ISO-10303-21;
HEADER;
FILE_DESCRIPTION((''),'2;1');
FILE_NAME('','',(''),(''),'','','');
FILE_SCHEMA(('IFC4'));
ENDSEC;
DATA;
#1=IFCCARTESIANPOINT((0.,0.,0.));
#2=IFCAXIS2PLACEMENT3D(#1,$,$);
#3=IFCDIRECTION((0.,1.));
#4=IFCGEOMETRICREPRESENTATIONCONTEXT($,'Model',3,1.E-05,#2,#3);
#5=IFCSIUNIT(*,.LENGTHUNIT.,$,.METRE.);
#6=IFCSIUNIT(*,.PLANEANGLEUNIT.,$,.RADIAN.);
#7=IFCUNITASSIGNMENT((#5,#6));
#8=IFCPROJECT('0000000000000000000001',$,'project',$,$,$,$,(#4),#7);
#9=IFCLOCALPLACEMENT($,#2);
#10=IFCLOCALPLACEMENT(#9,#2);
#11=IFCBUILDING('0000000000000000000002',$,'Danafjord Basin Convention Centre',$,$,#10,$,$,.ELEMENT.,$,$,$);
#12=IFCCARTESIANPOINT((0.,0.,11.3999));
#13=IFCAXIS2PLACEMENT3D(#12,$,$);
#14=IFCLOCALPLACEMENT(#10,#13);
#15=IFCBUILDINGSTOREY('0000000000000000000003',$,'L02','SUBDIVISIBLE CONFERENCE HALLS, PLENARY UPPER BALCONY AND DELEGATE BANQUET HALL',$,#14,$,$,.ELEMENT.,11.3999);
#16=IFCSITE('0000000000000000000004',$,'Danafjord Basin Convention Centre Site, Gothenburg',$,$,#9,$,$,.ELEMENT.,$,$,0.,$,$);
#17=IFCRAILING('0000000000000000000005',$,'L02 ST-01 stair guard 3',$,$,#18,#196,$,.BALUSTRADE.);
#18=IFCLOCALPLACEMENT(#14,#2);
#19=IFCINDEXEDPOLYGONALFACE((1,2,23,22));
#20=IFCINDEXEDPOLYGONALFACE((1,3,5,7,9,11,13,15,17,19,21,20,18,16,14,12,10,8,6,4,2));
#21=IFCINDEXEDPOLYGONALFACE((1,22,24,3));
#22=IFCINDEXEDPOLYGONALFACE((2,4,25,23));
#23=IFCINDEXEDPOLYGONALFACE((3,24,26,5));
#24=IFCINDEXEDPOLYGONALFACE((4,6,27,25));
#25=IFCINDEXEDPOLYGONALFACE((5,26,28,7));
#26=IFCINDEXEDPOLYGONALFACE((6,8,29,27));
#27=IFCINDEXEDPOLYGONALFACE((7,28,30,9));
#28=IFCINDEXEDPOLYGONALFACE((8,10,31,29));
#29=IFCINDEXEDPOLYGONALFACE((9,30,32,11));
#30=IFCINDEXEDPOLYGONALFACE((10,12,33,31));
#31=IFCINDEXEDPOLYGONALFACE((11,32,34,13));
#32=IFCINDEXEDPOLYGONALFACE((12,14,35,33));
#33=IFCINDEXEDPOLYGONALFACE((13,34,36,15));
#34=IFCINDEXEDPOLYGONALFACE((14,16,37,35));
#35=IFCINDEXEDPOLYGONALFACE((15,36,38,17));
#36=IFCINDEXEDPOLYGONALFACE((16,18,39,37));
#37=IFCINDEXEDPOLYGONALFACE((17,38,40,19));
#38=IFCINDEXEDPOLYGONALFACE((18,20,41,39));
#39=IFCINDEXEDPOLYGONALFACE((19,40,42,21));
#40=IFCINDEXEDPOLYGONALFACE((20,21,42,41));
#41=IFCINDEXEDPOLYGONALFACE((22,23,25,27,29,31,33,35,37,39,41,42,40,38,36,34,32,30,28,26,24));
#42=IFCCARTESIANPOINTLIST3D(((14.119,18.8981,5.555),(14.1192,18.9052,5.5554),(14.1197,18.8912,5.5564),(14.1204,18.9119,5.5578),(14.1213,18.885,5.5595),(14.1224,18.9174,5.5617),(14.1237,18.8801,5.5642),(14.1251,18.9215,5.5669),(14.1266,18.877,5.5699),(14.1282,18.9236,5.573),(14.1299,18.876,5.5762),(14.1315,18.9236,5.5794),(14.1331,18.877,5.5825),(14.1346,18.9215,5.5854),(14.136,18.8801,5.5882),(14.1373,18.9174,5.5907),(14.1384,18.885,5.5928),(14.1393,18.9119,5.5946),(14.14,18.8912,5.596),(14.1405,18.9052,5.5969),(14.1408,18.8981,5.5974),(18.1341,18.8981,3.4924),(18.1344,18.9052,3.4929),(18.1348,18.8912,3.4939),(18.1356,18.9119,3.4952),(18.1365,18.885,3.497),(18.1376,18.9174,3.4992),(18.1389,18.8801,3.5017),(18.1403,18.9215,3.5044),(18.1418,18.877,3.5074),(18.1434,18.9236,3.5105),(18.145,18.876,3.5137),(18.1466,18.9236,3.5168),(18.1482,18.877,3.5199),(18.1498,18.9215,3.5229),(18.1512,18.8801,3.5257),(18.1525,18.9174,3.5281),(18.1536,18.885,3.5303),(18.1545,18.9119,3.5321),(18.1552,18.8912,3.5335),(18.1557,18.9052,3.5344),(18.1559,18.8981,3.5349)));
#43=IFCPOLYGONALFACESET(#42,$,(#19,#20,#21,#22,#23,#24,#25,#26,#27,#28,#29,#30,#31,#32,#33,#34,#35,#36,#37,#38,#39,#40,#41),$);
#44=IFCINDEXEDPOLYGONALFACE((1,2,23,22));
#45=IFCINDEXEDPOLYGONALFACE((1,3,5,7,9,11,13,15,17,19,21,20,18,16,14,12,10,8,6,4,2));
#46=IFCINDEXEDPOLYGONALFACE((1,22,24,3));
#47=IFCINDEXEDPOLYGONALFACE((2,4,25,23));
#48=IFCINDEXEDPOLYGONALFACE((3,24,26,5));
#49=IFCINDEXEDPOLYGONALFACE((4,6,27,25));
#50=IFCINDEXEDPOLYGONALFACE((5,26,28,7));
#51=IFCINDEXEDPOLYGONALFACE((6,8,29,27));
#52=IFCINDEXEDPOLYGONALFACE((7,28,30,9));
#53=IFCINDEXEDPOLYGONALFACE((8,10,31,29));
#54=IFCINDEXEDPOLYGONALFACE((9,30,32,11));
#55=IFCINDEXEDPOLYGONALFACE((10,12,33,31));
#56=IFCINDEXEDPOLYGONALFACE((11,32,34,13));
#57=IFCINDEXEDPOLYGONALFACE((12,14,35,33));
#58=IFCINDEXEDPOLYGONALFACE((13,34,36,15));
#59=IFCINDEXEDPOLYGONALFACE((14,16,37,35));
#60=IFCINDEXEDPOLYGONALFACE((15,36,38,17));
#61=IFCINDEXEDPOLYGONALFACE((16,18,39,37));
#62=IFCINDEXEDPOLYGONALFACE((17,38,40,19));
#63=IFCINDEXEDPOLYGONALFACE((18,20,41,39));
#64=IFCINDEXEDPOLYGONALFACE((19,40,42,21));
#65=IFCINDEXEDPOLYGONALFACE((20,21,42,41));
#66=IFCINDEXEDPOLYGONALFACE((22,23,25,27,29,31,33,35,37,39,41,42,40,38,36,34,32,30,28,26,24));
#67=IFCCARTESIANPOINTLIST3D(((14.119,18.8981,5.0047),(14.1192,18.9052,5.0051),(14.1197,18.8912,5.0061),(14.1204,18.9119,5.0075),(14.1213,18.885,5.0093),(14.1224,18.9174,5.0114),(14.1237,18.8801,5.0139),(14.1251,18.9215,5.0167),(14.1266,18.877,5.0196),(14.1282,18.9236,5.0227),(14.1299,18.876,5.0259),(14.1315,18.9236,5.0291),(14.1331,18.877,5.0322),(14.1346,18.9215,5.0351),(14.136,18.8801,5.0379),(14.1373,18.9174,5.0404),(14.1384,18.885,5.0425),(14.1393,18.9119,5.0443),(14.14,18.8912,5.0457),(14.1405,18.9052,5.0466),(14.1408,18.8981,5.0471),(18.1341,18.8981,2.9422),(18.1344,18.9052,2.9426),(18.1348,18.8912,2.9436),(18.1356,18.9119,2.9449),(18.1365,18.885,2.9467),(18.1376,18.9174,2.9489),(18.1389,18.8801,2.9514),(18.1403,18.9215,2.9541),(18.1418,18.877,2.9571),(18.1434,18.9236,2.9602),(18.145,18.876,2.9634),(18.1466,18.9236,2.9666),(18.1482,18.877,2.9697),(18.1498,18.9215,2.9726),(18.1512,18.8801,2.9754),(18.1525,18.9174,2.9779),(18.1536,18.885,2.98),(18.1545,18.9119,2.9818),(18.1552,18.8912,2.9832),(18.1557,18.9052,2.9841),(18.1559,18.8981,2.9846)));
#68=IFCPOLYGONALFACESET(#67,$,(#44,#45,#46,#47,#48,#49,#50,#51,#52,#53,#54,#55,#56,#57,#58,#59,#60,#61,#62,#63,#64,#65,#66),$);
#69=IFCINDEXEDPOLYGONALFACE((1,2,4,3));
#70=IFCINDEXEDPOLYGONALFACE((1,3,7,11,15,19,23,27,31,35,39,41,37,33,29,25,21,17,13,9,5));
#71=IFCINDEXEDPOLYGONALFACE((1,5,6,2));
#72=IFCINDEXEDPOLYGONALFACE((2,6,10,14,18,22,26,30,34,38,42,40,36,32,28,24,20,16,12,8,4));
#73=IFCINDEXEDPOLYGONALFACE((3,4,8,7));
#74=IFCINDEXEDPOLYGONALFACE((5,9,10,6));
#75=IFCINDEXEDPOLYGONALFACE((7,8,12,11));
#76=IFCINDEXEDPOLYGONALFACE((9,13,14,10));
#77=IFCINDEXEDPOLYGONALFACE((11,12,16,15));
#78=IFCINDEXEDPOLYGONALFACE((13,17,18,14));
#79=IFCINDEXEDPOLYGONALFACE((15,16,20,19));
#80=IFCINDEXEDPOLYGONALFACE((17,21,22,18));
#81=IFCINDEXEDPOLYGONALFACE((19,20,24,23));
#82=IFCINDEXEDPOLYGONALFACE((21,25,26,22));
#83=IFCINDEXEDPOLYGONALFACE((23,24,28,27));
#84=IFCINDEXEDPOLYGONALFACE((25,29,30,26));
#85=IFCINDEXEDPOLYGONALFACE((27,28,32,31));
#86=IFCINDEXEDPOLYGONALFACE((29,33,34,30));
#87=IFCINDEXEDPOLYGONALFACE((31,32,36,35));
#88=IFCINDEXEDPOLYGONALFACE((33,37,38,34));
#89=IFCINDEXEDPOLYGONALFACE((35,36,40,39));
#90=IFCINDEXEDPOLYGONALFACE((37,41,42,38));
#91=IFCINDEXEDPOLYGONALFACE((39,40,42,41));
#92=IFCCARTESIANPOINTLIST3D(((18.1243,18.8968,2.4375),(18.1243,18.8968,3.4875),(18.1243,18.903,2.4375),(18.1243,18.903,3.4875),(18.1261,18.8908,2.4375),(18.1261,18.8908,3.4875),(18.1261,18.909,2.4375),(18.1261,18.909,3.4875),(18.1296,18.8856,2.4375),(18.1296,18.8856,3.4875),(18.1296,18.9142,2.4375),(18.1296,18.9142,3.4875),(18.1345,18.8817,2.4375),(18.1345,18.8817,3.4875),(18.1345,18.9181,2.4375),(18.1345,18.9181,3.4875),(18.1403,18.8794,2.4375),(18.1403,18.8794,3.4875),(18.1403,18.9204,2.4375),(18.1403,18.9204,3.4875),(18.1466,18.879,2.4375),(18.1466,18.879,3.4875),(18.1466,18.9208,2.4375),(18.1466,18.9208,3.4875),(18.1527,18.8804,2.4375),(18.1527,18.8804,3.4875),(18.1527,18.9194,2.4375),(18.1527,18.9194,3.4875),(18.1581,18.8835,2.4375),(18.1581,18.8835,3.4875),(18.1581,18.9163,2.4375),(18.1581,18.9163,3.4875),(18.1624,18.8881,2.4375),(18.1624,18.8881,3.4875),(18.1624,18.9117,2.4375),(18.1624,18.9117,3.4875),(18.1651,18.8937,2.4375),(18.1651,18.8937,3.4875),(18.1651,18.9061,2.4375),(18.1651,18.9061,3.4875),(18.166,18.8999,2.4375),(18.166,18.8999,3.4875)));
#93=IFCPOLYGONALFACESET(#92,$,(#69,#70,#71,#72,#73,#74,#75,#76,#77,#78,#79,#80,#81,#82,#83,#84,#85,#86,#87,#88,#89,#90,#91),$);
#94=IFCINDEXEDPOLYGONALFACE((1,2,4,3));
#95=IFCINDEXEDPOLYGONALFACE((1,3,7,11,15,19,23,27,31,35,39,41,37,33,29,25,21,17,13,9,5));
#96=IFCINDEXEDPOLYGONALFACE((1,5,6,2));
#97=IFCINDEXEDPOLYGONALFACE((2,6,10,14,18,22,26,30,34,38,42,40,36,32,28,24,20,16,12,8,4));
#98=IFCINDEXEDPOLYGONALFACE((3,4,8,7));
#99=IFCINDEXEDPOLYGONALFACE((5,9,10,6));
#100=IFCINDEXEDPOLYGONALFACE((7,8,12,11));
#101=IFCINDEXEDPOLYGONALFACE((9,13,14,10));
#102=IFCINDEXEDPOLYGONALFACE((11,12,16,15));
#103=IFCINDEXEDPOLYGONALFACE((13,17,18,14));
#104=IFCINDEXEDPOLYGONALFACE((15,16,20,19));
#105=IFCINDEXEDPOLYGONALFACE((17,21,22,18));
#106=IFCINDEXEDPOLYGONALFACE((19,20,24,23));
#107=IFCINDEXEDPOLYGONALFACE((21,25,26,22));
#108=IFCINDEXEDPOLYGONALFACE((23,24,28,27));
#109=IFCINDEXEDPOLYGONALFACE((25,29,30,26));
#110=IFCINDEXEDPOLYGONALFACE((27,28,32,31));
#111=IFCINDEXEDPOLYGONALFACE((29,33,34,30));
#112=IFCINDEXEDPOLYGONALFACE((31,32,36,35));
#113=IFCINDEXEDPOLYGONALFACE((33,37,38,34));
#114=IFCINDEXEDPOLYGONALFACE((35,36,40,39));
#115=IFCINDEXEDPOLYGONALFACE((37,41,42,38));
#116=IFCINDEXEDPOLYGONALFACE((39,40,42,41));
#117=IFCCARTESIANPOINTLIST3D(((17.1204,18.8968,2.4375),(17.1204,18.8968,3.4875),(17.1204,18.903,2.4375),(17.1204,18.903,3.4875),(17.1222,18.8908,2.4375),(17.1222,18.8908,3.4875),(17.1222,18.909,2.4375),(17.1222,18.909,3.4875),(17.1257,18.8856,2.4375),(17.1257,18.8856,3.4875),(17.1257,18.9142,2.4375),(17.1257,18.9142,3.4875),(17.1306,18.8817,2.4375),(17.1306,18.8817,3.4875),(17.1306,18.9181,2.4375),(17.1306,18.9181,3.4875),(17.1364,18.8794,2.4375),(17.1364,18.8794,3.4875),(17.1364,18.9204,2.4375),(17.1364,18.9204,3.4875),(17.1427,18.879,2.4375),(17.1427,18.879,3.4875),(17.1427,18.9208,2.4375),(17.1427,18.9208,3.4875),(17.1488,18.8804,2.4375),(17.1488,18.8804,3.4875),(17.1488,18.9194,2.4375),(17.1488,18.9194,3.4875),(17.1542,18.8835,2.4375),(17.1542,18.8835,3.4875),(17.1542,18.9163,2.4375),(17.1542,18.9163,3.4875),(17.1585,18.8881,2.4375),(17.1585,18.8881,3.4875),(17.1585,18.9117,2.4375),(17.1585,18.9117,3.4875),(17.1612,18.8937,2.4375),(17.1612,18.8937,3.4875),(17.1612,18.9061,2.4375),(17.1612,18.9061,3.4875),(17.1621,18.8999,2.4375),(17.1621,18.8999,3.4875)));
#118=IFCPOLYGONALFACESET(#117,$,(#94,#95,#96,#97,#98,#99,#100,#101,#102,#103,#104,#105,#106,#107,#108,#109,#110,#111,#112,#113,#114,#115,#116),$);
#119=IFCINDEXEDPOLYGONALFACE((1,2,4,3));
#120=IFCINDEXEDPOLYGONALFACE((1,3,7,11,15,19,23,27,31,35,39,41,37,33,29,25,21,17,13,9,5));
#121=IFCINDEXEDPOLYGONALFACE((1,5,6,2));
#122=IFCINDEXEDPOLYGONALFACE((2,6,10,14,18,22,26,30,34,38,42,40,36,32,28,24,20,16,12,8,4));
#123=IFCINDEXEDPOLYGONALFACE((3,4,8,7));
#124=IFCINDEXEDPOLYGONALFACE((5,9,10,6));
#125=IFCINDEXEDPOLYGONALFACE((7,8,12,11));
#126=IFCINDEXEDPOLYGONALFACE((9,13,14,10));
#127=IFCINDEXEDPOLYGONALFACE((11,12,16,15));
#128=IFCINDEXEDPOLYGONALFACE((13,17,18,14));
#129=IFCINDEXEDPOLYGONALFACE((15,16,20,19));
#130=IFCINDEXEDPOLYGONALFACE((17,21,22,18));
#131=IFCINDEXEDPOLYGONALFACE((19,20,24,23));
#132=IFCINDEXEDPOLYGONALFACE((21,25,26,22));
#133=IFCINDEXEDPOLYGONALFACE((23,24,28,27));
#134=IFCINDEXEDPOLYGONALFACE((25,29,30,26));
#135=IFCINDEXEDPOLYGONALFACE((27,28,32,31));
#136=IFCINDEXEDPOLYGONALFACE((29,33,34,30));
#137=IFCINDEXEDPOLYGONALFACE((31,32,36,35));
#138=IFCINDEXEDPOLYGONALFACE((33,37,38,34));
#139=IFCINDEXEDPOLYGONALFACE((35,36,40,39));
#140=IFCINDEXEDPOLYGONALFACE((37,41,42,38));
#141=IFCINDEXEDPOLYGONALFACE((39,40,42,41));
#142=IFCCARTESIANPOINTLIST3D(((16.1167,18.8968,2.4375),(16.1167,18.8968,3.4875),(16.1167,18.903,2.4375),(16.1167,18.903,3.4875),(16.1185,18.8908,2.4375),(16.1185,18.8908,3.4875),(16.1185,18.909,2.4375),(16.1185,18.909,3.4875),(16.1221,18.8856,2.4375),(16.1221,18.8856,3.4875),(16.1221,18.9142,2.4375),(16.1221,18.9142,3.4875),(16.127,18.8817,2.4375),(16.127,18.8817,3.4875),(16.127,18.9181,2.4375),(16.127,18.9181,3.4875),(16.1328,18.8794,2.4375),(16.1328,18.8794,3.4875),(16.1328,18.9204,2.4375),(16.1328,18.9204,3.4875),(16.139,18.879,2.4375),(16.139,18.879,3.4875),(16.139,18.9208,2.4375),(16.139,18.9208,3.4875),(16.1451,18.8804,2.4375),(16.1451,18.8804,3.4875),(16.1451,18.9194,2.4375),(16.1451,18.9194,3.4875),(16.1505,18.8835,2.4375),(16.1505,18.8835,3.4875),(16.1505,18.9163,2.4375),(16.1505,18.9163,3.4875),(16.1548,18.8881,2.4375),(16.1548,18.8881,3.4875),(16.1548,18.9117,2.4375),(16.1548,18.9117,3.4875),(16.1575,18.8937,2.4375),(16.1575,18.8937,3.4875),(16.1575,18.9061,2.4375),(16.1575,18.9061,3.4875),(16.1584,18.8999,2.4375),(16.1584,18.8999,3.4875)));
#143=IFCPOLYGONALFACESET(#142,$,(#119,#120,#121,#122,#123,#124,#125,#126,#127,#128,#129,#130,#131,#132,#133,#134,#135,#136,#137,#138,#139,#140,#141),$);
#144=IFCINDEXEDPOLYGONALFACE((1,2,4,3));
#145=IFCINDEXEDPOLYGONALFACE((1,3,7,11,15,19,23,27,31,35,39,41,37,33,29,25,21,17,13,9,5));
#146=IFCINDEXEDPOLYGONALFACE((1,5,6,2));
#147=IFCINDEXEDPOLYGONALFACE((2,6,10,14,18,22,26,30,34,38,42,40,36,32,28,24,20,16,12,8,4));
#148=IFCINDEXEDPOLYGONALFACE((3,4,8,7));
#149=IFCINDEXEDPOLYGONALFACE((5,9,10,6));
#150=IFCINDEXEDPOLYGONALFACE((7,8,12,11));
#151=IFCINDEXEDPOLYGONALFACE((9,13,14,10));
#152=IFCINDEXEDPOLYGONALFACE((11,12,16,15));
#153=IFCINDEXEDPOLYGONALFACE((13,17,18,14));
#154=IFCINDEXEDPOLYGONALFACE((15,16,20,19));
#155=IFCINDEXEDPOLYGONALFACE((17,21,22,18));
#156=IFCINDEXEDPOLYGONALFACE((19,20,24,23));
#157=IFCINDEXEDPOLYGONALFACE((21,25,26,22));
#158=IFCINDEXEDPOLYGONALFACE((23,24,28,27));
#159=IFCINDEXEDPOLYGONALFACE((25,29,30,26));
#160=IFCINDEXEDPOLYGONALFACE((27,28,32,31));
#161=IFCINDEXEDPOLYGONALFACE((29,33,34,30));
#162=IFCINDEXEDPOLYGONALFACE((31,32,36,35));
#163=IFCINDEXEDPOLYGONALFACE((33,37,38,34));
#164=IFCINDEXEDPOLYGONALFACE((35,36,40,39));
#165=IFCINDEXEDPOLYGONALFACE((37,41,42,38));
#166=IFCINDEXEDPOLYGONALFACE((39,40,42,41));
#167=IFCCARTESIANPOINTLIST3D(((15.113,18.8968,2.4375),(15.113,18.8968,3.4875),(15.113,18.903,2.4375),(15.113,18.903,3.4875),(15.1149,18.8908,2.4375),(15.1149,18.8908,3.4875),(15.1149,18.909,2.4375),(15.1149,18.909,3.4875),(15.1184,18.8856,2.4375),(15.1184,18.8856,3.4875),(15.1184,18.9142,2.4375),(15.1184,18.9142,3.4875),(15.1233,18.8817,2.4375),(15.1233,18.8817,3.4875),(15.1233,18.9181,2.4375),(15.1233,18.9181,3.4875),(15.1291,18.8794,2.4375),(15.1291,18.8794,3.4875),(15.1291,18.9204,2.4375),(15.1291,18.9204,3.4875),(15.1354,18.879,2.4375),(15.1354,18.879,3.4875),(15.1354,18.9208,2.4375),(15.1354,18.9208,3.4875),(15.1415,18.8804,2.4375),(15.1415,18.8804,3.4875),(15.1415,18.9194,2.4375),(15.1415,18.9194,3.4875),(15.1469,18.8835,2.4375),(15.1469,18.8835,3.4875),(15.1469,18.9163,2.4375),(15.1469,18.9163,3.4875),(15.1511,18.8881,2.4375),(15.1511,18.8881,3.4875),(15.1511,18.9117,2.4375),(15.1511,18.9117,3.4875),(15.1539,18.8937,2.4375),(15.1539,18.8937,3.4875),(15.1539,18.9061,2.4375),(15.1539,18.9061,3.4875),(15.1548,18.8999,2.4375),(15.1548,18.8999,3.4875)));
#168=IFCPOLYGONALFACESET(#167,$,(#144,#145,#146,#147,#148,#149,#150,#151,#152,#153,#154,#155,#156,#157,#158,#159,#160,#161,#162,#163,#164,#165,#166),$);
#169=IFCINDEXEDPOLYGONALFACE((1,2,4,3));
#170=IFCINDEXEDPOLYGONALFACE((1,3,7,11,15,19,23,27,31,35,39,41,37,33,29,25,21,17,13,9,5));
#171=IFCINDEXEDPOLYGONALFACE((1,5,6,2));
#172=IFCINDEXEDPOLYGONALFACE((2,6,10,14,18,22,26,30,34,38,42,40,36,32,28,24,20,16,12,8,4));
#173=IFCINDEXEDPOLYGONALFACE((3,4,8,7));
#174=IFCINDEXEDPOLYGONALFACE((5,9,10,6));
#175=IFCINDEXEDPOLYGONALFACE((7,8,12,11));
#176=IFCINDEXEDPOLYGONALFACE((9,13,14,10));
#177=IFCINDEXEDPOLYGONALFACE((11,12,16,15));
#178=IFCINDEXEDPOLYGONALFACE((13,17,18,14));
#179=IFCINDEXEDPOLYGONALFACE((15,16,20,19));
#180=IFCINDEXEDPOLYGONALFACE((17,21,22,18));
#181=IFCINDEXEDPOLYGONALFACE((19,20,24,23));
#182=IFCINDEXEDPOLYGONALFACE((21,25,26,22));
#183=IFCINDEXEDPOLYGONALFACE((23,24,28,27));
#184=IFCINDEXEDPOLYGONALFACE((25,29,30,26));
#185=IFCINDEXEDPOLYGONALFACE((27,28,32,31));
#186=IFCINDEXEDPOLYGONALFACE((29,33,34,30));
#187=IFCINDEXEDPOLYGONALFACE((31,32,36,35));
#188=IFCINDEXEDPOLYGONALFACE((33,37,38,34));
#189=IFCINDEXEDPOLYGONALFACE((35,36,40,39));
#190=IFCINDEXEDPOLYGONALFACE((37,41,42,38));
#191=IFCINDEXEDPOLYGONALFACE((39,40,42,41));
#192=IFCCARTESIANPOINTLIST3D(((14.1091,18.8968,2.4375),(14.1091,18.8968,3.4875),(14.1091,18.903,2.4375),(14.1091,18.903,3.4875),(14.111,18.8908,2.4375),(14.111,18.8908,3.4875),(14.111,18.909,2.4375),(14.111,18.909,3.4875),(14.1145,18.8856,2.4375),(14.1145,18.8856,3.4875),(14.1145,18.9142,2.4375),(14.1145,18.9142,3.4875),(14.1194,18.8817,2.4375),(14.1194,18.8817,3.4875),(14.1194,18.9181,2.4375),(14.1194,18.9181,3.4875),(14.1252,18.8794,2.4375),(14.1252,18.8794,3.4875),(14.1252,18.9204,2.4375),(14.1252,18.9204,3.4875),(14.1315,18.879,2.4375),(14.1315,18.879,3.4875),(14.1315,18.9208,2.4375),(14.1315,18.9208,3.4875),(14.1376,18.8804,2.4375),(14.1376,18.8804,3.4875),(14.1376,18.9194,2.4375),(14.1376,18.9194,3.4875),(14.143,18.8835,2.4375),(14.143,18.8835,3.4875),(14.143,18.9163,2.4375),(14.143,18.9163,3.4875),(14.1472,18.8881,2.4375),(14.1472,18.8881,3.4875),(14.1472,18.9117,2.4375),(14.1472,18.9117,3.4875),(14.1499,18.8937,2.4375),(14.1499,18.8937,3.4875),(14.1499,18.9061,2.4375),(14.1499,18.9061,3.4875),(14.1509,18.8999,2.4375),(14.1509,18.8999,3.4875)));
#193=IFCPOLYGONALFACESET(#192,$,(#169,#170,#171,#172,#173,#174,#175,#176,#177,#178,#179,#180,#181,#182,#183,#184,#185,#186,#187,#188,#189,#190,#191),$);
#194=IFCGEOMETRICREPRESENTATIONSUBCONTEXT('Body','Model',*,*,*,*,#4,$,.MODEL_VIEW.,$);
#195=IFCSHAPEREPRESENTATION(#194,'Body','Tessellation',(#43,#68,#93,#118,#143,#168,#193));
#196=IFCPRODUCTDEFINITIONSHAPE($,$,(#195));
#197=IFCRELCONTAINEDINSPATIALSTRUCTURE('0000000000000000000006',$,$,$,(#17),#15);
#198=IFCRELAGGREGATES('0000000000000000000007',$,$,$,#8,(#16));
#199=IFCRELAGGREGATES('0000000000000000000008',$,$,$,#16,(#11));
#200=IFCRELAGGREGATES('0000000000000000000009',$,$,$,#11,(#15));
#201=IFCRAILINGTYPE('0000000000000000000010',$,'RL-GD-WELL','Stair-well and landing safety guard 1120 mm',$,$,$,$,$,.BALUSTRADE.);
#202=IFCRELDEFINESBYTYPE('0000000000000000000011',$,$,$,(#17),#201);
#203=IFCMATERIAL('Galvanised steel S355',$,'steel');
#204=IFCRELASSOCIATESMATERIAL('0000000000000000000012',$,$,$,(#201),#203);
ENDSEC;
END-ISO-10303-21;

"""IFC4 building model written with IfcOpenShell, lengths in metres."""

from ifc_helpers import new_model, si_unit, direction, frame, origin, origin_2d, place, context, subcontext, project, spatial, circle, extrude, material, type_object, element, save


model = new_model("IFC4")

# Units and contexts
model_context = context("Model", 3, precision=1e-05, world=origin(), true_north=direction((0.0, 1.0)))
body_context = subcontext(model_context, "Body", "Model", "MODEL_VIEW")
ifc_project = project(units=[si_unit("LENGTHUNIT", "METRE"), si_unit("PLANEANGLEUNIT", "RADIAN")], contexts=[model_context])

# Site, building, storey
site_placement = place(None, origin())
site = spatial("IfcSite", under=ifc_project, at=site_placement, Name="Danafjord Basin Convention Centre Site, Gothenburg", CompositionType="ELEMENT", RefElevation=0.0)
building_placement = place(site_placement, origin())
building = spatial("IfcBuilding", under=site, at=building_placement, Name="Danafjord Basin Convention Centre", CompositionType="ELEMENT")
storey_placement = place(building_placement, frame((0.0, 0.0, 11.3999)))
storey = spatial("IfcBuildingStorey", under=building, at=storey_placement, Name="L02", Description="SUBDIVISIBLE CONFERENCE HALLS, PLENARY UPPER BALCONY AND DELEGATE BANQUET HALL", CompositionType="ELEMENT", Elevation=11.3999)

# Railing
ifc_material_1 = material(Name="Galvanised steel S355", Category="steel")
railing_type_1 = type_object("IfcRailingType", Name="RL-GD-WELL", Description="Stair-well and landing safety guard 1120 mm", PredefinedType="BALUSTRADE", material=ifc_material_1)
railing_1_placement = place(storey_placement, frame((18.145, 18.8999, 2.4375)))
element("IfcRailing", 1, at=railing_1_placement, inside=storey, type_object=railing_type_1, Name="L02 ST-01 stair guard 3", PredefinedType="BALUSTRADE", context=body_context, shape_type="SweptSolid", body=[
    extrude(circle(Radius=0.0239, at=origin_2d()), frame((0.0, 0.0, 1.0762), z_axis=(-0.889506, 0.0, 0.456923), x_axis=(0.0, -1.0, 0.0)), (0.0, 0.0, 1.0), 4.5139),
    extrude(circle(Radius=0.0239, at=origin_2d()), frame((0.0, 0.0, 0.5259), z_axis=(-0.889506, 0.0, 0.456923), x_axis=(0.0, -1.0, 0.0)), (0.0, 0.0, 1.0), 4.5139),
    extrude(circle(Radius=0.021, at=origin_2d()), origin(), (0.0, 0.0, 1.0), 1.05),
    extrude(circle(Radius=0.021, at=origin_2d()), frame((-1.0039, 0.0, 0.0)), (0.0, 0.0, 1.0), 1.05),
    extrude(circle(Radius=0.021, at=origin_2d()), frame((-2.0076, 0.0, 0.0)), (0.0, 0.0, 1.0), 1.05),
    extrude(circle(Radius=0.021, at=origin_2d()), frame((-3.0112, 0.0, 0.0)), (0.0, 0.0, 1.0), 1.05),
    extrude(circle(Radius=0.021, at=origin_2d()), frame((-4.0151, 0.0, 0.0)), (0.0, 0.0, 1.0), 1.05),
])

save(model, "model.ifc")
